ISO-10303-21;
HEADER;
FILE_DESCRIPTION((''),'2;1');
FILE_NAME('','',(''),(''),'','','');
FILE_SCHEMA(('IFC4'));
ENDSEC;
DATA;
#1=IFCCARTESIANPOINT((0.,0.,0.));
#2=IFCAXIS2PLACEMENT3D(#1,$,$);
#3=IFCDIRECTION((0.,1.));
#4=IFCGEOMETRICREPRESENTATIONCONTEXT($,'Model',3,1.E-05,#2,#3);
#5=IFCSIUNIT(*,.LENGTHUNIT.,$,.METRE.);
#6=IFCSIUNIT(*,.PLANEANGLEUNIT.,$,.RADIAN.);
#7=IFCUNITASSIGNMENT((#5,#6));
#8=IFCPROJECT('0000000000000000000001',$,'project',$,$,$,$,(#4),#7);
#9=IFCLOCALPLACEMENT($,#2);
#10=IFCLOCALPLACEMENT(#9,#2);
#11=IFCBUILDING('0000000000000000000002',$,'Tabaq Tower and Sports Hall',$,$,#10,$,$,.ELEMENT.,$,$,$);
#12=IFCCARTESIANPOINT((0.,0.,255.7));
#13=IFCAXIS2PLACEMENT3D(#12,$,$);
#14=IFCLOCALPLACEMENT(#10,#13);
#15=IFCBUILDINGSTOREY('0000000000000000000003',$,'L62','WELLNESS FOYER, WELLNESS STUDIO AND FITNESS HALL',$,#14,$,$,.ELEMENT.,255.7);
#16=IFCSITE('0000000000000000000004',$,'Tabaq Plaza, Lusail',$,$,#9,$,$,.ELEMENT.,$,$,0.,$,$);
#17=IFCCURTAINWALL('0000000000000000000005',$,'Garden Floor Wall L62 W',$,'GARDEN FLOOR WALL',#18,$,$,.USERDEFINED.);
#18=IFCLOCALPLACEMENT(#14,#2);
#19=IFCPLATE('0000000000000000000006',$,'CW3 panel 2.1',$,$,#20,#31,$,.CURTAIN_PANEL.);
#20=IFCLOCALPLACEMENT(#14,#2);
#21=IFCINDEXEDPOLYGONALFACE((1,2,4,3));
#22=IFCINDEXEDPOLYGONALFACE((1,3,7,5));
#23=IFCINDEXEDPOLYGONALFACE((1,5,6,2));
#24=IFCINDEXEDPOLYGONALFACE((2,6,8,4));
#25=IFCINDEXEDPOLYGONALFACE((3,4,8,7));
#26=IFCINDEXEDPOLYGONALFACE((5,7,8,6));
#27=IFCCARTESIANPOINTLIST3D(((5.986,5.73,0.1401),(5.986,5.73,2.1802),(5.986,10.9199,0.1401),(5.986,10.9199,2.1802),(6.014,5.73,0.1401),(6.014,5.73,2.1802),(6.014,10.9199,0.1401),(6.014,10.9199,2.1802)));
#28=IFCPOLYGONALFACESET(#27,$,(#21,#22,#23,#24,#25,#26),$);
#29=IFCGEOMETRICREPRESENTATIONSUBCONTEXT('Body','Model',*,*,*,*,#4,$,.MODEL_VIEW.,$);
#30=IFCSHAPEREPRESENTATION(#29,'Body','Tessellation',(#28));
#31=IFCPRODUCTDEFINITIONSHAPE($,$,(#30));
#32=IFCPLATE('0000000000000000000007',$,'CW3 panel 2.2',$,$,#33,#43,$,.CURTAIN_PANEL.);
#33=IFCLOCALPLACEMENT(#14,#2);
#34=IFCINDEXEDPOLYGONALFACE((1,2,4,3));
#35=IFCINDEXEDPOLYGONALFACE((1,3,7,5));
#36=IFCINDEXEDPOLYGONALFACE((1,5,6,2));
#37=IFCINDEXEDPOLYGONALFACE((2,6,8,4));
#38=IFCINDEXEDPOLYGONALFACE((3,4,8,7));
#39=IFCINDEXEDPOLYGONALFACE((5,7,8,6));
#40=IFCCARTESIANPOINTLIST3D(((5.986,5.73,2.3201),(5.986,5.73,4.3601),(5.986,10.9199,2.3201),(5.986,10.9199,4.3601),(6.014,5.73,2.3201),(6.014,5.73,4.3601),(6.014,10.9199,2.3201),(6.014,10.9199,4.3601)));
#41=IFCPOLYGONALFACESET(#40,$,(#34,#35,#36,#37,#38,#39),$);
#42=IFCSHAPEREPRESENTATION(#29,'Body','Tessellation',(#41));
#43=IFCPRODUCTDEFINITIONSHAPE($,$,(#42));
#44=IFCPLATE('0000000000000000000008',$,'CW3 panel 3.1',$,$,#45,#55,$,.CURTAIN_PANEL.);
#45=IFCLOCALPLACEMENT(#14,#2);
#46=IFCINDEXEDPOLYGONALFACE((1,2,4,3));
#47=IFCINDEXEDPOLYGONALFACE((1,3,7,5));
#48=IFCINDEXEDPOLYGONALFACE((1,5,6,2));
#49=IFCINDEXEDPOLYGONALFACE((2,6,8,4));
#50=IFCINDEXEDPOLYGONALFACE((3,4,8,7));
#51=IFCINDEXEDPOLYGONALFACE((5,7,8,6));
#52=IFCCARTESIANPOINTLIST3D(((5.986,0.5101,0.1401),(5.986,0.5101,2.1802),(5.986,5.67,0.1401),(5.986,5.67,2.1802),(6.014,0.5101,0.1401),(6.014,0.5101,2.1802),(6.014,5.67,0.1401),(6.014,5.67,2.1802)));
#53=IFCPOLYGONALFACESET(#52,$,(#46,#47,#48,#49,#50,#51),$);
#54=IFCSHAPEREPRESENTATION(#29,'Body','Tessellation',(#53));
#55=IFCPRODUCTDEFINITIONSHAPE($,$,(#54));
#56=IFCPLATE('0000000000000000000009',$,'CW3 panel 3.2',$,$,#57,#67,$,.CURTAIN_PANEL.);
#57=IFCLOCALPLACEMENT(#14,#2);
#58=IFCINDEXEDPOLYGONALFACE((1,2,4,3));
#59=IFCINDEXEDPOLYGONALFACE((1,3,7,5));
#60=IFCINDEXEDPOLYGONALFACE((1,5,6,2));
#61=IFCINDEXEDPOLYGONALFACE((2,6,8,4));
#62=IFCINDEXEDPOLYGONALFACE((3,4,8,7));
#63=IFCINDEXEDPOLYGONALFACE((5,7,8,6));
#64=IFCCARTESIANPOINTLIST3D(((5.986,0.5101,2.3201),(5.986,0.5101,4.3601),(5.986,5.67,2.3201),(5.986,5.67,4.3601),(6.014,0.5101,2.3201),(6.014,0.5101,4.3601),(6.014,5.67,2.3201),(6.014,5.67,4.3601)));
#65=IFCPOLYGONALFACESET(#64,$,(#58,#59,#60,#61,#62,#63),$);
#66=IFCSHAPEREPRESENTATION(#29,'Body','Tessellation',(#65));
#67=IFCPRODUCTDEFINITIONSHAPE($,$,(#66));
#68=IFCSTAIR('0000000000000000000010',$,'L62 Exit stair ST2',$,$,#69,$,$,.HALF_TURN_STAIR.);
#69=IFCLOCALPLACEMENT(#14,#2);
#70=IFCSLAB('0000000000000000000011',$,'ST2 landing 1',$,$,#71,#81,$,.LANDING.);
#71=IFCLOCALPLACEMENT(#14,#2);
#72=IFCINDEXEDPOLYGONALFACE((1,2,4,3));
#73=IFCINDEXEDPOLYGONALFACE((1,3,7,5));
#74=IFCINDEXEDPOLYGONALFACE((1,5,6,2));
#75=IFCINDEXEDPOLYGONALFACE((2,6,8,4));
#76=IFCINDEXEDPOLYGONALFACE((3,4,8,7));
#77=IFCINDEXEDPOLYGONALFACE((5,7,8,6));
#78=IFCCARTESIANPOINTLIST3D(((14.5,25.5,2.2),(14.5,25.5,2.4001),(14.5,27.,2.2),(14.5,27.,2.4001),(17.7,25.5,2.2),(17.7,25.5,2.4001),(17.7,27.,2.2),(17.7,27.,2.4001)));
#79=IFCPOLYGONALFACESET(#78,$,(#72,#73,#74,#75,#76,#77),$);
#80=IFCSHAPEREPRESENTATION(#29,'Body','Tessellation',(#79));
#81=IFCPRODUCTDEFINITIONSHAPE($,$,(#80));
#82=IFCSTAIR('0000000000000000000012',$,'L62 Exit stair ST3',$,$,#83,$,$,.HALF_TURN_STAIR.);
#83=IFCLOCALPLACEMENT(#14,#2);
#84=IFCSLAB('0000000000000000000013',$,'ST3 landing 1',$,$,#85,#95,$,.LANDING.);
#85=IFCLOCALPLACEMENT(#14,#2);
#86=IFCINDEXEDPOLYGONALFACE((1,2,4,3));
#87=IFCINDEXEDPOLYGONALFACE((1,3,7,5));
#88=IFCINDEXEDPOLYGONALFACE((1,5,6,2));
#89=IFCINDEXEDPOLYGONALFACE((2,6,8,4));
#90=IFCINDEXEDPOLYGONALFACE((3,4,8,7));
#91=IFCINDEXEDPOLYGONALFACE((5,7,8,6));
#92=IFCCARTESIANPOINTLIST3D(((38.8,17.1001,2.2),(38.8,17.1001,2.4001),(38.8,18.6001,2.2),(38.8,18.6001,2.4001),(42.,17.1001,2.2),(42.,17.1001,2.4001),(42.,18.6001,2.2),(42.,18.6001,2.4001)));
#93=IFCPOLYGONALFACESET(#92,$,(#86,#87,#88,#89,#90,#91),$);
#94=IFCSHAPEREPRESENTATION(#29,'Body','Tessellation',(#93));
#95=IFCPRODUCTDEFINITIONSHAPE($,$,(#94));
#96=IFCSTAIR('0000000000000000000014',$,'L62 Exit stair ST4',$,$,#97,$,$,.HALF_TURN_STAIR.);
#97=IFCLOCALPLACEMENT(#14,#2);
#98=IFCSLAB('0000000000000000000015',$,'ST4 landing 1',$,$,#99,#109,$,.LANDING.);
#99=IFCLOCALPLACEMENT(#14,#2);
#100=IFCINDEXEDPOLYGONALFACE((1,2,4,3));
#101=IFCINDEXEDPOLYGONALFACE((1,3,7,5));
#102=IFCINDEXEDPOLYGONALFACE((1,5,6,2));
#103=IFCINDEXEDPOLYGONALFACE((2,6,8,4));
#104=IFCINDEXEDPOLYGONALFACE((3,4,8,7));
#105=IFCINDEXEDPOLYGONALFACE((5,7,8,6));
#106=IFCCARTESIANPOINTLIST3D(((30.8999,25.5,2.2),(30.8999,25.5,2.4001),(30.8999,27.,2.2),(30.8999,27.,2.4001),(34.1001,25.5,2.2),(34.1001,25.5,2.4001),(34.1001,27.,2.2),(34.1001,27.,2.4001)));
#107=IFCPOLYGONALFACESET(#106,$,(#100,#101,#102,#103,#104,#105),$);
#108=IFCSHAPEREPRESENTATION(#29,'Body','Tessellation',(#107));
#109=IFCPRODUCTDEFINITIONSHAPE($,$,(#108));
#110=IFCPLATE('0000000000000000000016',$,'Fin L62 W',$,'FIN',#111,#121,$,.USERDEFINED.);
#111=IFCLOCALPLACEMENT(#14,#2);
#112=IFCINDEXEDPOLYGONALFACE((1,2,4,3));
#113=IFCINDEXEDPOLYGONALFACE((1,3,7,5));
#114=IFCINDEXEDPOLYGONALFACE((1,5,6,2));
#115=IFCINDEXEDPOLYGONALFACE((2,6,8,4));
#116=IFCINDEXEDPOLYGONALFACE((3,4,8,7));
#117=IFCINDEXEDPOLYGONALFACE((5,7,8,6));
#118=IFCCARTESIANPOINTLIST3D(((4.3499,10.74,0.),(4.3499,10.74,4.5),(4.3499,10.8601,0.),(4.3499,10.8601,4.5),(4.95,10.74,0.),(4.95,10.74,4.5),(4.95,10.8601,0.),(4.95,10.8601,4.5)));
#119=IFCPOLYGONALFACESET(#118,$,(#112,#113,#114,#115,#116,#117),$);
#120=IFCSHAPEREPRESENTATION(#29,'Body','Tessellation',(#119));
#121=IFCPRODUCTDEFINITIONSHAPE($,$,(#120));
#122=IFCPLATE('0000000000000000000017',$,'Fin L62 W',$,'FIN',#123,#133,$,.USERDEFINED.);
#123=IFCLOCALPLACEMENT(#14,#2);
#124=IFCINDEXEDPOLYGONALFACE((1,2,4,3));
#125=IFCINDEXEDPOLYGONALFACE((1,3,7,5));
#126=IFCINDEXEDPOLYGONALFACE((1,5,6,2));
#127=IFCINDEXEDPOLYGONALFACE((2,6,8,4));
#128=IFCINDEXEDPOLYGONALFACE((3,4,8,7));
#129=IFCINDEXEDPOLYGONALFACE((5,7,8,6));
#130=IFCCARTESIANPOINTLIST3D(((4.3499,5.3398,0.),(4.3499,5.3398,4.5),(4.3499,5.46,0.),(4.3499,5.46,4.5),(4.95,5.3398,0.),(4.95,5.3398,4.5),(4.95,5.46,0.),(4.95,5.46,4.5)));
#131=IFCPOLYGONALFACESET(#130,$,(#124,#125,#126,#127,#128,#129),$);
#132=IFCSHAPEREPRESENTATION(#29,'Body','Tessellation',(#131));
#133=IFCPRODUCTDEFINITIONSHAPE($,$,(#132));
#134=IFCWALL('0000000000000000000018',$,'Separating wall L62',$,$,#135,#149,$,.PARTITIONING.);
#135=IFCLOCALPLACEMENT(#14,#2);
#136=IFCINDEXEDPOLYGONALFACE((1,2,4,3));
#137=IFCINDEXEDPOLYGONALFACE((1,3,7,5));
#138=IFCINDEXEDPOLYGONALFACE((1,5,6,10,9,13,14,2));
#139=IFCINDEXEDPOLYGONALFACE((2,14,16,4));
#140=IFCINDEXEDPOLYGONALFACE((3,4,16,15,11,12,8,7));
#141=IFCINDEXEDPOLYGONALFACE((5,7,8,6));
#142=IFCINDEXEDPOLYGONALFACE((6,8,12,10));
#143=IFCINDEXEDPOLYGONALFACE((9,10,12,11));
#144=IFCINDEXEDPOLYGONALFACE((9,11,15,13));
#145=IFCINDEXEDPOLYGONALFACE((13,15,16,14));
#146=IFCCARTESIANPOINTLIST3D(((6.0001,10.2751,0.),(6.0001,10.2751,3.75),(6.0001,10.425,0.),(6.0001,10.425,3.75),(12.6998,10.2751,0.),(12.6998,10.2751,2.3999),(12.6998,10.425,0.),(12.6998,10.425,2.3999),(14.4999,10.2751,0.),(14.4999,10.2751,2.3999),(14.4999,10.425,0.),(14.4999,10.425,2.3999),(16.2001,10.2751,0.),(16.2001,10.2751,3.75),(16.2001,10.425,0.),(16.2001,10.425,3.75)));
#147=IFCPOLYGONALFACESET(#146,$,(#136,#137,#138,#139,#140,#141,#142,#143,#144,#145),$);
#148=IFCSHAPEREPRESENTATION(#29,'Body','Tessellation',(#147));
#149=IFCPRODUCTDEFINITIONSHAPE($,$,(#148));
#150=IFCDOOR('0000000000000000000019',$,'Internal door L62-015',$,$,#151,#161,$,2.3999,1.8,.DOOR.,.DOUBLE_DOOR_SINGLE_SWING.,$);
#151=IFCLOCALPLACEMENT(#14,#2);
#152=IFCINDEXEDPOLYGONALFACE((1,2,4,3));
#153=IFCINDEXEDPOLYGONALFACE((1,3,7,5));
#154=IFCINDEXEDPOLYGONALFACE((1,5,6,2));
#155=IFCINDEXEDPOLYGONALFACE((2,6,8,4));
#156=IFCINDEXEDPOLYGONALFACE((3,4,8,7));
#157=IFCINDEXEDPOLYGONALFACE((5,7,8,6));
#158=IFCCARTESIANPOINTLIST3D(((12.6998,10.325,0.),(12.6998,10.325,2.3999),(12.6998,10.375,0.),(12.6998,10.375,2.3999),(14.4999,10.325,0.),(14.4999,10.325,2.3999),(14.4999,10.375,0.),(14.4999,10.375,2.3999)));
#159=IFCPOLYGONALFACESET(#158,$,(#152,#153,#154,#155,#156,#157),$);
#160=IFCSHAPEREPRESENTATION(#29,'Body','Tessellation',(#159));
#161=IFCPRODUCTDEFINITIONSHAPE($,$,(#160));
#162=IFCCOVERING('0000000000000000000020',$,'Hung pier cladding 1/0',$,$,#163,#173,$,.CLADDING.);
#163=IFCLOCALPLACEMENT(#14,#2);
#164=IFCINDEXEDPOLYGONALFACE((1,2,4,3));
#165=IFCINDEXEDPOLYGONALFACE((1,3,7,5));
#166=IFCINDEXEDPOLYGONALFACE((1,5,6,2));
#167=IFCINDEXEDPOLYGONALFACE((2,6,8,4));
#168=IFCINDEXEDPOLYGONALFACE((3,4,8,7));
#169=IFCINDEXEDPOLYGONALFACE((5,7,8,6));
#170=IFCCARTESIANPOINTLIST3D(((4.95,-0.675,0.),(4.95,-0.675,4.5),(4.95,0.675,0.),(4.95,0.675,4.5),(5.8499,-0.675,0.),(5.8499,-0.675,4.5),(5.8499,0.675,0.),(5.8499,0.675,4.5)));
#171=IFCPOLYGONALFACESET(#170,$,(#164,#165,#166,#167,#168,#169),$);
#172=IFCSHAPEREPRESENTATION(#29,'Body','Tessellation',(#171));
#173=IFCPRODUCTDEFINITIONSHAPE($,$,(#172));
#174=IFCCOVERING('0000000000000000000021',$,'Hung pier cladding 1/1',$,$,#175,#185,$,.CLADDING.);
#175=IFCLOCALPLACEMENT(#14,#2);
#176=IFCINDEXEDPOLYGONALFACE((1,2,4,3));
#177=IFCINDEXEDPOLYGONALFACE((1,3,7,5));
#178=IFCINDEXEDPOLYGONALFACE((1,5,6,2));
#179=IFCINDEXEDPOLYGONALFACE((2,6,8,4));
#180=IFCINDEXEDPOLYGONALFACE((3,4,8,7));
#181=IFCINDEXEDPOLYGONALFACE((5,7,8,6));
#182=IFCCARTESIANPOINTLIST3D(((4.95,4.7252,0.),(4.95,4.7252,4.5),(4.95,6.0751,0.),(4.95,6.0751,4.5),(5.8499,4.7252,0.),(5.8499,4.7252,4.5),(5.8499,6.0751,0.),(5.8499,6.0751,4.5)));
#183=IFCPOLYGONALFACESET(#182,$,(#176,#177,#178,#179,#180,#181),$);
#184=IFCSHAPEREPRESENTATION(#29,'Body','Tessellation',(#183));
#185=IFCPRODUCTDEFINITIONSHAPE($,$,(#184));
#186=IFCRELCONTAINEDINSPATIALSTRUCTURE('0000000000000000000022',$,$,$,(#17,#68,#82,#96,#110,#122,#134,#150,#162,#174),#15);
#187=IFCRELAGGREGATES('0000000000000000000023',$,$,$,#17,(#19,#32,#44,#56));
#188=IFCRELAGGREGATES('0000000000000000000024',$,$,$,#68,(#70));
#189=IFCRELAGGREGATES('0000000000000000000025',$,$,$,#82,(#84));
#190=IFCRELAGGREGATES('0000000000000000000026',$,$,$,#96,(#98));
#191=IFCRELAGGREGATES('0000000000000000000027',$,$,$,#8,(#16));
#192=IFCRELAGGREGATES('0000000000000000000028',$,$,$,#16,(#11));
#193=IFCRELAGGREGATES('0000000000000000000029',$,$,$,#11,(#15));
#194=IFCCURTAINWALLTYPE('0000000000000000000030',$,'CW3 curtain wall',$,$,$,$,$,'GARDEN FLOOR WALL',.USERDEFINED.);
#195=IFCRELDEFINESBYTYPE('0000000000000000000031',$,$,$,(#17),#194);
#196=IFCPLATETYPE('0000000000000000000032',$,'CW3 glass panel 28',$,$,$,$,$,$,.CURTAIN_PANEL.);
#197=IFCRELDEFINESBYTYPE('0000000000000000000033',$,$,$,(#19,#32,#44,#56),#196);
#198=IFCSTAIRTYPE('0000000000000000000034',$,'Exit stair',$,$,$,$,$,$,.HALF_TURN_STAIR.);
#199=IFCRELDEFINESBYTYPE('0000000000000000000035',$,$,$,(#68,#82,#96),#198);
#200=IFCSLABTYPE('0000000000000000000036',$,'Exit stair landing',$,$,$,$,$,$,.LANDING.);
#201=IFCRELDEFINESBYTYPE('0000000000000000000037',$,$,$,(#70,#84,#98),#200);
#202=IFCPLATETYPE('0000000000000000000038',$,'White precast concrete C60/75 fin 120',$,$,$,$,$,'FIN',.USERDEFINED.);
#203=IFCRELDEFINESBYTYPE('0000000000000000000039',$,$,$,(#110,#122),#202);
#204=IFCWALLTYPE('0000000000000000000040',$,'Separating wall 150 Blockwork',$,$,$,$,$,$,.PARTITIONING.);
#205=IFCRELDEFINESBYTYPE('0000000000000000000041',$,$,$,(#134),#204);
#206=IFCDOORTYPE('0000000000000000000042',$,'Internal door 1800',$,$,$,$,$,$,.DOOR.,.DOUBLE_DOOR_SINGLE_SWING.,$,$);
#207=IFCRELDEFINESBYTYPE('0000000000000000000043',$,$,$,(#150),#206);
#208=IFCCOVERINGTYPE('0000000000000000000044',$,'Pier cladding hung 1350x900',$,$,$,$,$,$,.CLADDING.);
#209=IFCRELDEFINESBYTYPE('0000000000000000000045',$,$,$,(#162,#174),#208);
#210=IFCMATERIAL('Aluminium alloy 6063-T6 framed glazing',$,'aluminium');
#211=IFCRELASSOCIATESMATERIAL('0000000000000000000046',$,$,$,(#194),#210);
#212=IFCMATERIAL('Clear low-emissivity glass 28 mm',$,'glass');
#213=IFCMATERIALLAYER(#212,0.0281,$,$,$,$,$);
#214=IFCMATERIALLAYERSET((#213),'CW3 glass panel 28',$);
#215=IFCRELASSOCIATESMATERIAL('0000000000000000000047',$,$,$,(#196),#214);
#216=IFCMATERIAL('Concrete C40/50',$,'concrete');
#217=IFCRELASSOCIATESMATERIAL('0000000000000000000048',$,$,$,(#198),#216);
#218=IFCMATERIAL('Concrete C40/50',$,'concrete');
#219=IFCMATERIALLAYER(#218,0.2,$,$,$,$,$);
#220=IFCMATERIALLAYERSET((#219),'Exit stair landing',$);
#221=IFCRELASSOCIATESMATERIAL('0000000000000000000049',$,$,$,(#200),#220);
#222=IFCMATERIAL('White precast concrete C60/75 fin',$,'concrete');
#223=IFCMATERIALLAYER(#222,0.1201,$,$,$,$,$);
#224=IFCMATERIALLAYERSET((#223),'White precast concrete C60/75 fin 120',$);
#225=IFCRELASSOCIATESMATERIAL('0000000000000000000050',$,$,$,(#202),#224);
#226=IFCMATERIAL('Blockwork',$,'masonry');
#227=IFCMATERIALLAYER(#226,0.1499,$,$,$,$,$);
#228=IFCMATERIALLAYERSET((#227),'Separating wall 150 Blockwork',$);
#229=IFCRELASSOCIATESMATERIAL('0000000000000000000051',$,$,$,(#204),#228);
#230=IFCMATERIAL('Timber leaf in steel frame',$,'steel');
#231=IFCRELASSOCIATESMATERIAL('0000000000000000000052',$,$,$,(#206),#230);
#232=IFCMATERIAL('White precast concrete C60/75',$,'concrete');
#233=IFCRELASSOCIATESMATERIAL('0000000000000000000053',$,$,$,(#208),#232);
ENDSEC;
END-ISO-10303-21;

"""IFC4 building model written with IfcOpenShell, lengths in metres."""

from ifc_helpers import new_model, si_unit, direction, frame, frame_2d, origin, origin_2d, place, context, subcontext, project, spatial, polyline, rectangle, outline, extrude, material, layer, layer_set, type_object, element, fill, aggregate, save


model = new_model("IFC4")

# Units and contexts
model_context = context("Model", 3, precision=1e-05, world=origin(), true_north=direction((0.0, 1.0)))
body_context = subcontext(model_context, "Body", "Model", "MODEL_VIEW")
ifc_project = project(units=[si_unit("LENGTHUNIT", "METRE"), si_unit("PLANEANGLEUNIT", "RADIAN")], contexts=[model_context])

# Site, building, storey
site_placement = place(None, origin())
site = spatial("IfcSite", under=ifc_project, at=site_placement, Name="Tabaq Plaza, Lusail", CompositionType="ELEMENT", RefElevation=0.0)
building_placement = place(site_placement, origin())
building = spatial("IfcBuilding", under=site, at=building_placement, Name="Tabaq Tower and Sports Hall", CompositionType="ELEMENT")
storey_placement = place(building_placement, frame((0.0, 0.0, 255.7)))
storey = spatial("IfcBuildingStorey", under=building, at=storey_placement, Name="L62", Description="WELLNESS FOYER, WELLNESS STUDIO AND FITNESS HALL", CompositionType="ELEMENT", Elevation=255.7)

# Curtain wall
ifc_material_1 = material(Name="Aluminium alloy 6063-T6 framed glazing", Category="aluminium")
curtain_wall_type = type_object("IfcCurtainWallType", Name="CW3 curtain wall", ElementType="GARDEN FLOOR WALL", PredefinedType="USERDEFINED", material=ifc_material_1)
curtain_wall_placement = place(storey_placement, origin())
curtain_wall = element("IfcCurtainWall", 1, at=curtain_wall_placement, inside=storey, type_object=curtain_wall_type, Name="Garden Floor Wall L62 W", ObjectType="GARDEN FLOOR WALL", PredefinedType="USERDEFINED")

# Plates
ifc_material_2 = material(Name="Clear low-emissivity glass 28 mm", Category="glass")
ifc_layer_1 = layer(ifc_material_2, 0.0281)
ifc_layer_set_1 = layer_set([ifc_layer_1], Name="CW3 glass panel 28")
plate_type_1 = type_object("IfcPlateType", Name="CW3 glass panel 28", PredefinedType="CURTAIN_PANEL", material=ifc_layer_set_1)
plate_1_placement = place(storey_placement, frame((6.0, 8.325, 0.1401), z_axis=(0.0, 0.0, 1.0), x_axis=(0.0, -1.0, 0.0)))
plate_1 = element("IfcPlate", 2, at=plate_1_placement, type_object=plate_type_1, Name="CW3 panel 2.1", PredefinedType="CURTAIN_PANEL", context=body_context, shape_type="SweptSolid", body=[
    extrude(rectangle(XDim=5.1899, YDim=0.0281, at=origin_2d()), origin(), (0.0, 0.0, 1.0), 2.04),
])
plate_2_placement = place(storey_placement, frame((6.0, 8.325, 2.3201), z_axis=(0.0, 0.0, 1.0), x_axis=(0.0, -1.0, 0.0)))
plate_2 = element("IfcPlate", 3, at=plate_2_placement, type_object=plate_type_1, Name="CW3 panel 2.2", PredefinedType="CURTAIN_PANEL", context=body_context, shape_type="SweptSolid", body=[
    extrude(rectangle(XDim=5.1899, YDim=0.0281, at=origin_2d()), origin(), (0.0, 0.0, 1.0), 2.04),
])
plate_3_placement = place(storey_placement, frame((6.0, 3.0901, 0.1401), z_axis=(0.0, 0.0, 1.0), x_axis=(0.0, -1.0, 0.0)))
plate_3 = element("IfcPlate", 4, at=plate_3_placement, type_object=plate_type_1, Name="CW3 panel 3.1", PredefinedType="CURTAIN_PANEL", context=body_context, shape_type="SweptSolid", body=[
    extrude(rectangle(XDim=5.1599, YDim=0.0281, at=origin_2d()), origin(), (0.0, 0.0, 1.0), 2.04),
])
plate_4_placement = place(storey_placement, frame((6.0, 3.0901, 2.3201), z_axis=(0.0, 0.0, 1.0), x_axis=(0.0, -1.0, 0.0)))
plate_4 = element("IfcPlate", 5, at=plate_4_placement, type_object=plate_type_1, Name="CW3 panel 3.2", PredefinedType="CURTAIN_PANEL", context=body_context, shape_type="SweptSolid", body=[
    extrude(rectangle(XDim=5.1599, YDim=0.0281, at=origin_2d()), origin(), (0.0, 0.0, 1.0), 2.04),
])
aggregate(curtain_wall, [plate_1, plate_2, plate_3, plate_4])

# Stairs, slabs
ifc_material_3 = material(Name="Concrete C40/50", Category="concrete")
stair_type = type_object("IfcStairType", Name="Exit stair", PredefinedType="HALF_TURN_STAIR", material=ifc_material_3)
stair_1_placement = place(storey_placement, origin())
stair_1 = element("IfcStair", 6, at=stair_1_placement, inside=storey, type_object=stair_type, Name="L62 Exit stair ST2", PredefinedType="HALF_TURN_STAIR")
ifc_material_4 = material(Name="Concrete C40/50", Category="concrete")
ifc_layer_2 = layer(ifc_material_4, 0.2)
ifc_layer_set_2 = layer_set([ifc_layer_2], Name="Exit stair landing")
slab_type = type_object("IfcSlabType", Name="Exit stair landing", PredefinedType="LANDING", material=ifc_layer_set_2)
slab_1_placement = place(storey_placement, frame((0.0, 0.0, 2.2)))
slab_1 = element("IfcSlab", 7, at=slab_1_placement, type_object=slab_type, Name="ST2 landing 1", PredefinedType="LANDING", context=body_context, shape_type="SweptSolid", body=[
    extrude(outline(polyline([(14.5, 27.0), (14.5, 25.5), (17.7, 25.5), (17.7, 27.0), (14.5, 27.0)])), origin(), (0.0, 0.0, 1.0), 0.2002),
])
aggregate(stair_1, [slab_1])
stair_2_placement = place(storey_placement, origin())
stair_2 = element("IfcStair", 8, at=stair_2_placement, inside=storey, type_object=stair_type, Name="L62 Exit stair ST3", PredefinedType="HALF_TURN_STAIR")
slab_2_placement = place(storey_placement, frame((0.0, 0.0, 2.2)))
slab_2 = element("IfcSlab", 9, at=slab_2_placement, type_object=slab_type, Name="ST3 landing 1", PredefinedType="LANDING", context=body_context, shape_type="SweptSolid", body=[
    extrude(outline(polyline([(38.8, 18.6001), (38.8, 17.1001), (42.0, 17.1001), (42.0, 18.6001), (38.8, 18.6001)])), origin(), (0.0, 0.0, 1.0), 0.2002),
])
aggregate(stair_2, [slab_2])
stair_3_placement = place(storey_placement, origin())
stair_3 = element("IfcStair", 10, at=stair_3_placement, inside=storey, type_object=stair_type, Name="L62 Exit stair ST4", PredefinedType="HALF_TURN_STAIR")
slab_3_placement = place(storey_placement, frame((0.0, 0.0, 2.2)))
slab_3 = element("IfcSlab", 11, at=slab_3_placement, type_object=slab_type, Name="ST4 landing 1", PredefinedType="LANDING", context=body_context, shape_type="SweptSolid", body=[
    extrude(outline(polyline([(30.8999, 27.0), (30.8999, 25.5), (34.1001, 25.5), (34.1001, 27.0), (30.8999, 27.0)])), origin(), (0.0, 0.0, 1.0), 0.2002),
])
aggregate(stair_3, [slab_3])

# Plates
ifc_material_5 = material(Name="White precast concrete C60/75 fin", Category="concrete")
ifc_layer_3 = layer(ifc_material_5, 0.1201)
ifc_layer_set_3 = layer_set([ifc_layer_3], Name="White precast concrete C60/75 fin 120")
plate_type_2 = type_object("IfcPlateType", Name="White precast concrete C60/75 fin 120", ElementType="FIN", PredefinedType="USERDEFINED", material=ifc_layer_set_3)
for number, where, z_axis, x_axis, name in (
    (12, (4.6499, 10.8, 0.0), (0.0, 0.0, 1.0), (0.0, -1.0, 0.0), "Fin L62 W"),
    (13, (4.6499, 5.3999, 0.0), (0.0, 0.0, 1.0), (0.0, -1.0, 0.0), "Fin L62 W"),
):
    element("IfcPlate", number, at=place(storey_placement, frame(where, z_axis=z_axis, x_axis=x_axis)), inside=storey, type_object=plate_type_2, Name=name, ObjectType="FIN", PredefinedType="USERDEFINED", context=body_context, shape_type="SweptSolid", body=[
        extrude(rectangle(XDim=0.1201, YDim=0.6001, at=origin_2d()), origin(), (0.0, 0.0, 1.0), 4.5),
    ])

# Wall, opening, door
ifc_material_6 = material(Name="Blockwork", Category="masonry")
ifc_layer_4 = layer(ifc_material_6, 0.1499)
ifc_layer_set_4 = layer_set([ifc_layer_4], Name="Separating wall 150 Blockwork")
wall_type = type_object("IfcWallType", Name="Separating wall 150 Blockwork", PredefinedType="PARTITIONING", material=ifc_layer_set_4)
wall_placement = place(storey_placement, frame((6.0, 10.3501, 0.0), z_axis=(0.0, 0.0, 1.0), x_axis=(1.0, 0.0, 0.0)))
wall = element("IfcWall", 14, at=wall_placement, inside=storey, type_object=wall_type, Name="Separating wall L62", PredefinedType="PARTITIONING", context=body_context, shape_type="SweptSolid", body=[
    extrude(rectangle(XDim=10.2, YDim=0.1499, at=frame_2d((5.1001, 0.0))), origin(), (0.0, 0.0, 1.0), 3.75),
])
opening_placement = place(wall_placement, frame((6.7, 0.0, 0.0)))
opening = element("IfcOpeningElement", 15, at=opening_placement, cuts=wall, PredefinedType="OPENING", context=body_context, shape_type="SweptSolid", body=[
    extrude(rectangle(XDim=1.8, YDim=2.3999, at=frame_2d((0.8999, 1.2))), frame((0.0, 0.075, 0.0), z_axis=(0.0, -1.0, 0.0), x_axis=(1.0, 0.0, 0.0)), (0.0, 0.0, 1.0), 0.1499),
])
ifc_material_7 = material(Name="Timber leaf in steel frame", Category="steel")
door_type = type_object("IfcDoorType", Name="Internal door 1800", OperationType="DOUBLE_DOOR_SINGLE_SWING", PredefinedType="DOOR", material=ifc_material_7)
door_placement = place(opening_placement, origin())
door = element("IfcDoor", 16, at=door_placement, inside=storey, type_object=door_type, Name="Internal door L62-015", OperationType="DOUBLE_DOOR_SINGLE_SWING", OverallHeight=2.3999, OverallWidth=1.8, PredefinedType="DOOR", context=body_context, shape_type="SweptSolid", body=[
    extrude(rectangle(XDim=1.8, YDim=2.3999, at=frame_2d((0.8999, 1.2))), frame((0.0, 0.0249, 0.0), z_axis=(0.0, -1.0, 0.0), x_axis=(1.0, 0.0, 0.0)), (0.0, 0.0, 1.0), 0.05),
])
fill(opening, door)

# Coverings
ifc_material_8 = material(Name="White precast concrete C60/75", Category="concrete")
covering_type = type_object("IfcCoveringType", Name="Pier cladding hung 1350x900", PredefinedType="CLADDING", material=ifc_material_8)
covering_1_placement = place(storey_placement, frame((5.3999, 0.675, 0.0), z_axis=(0.0, 0.0, 1.0), x_axis=(0.0, -1.0, 0.0)))
element("IfcCovering", 17, at=covering_1_placement, inside=storey, type_object=covering_type, Name="Hung pier cladding 1/0", PredefinedType="CLADDING", context=body_context, shape_type="SweptSolid", body=[
    extrude(rectangle(XDim=1.3501, YDim=0.8999, at=frame_2d((0.675, 0.0))), origin(), (0.0, 0.0, 1.0), 4.5),
])
covering_2_placement = place(storey_placement, frame((5.3999, 6.075, 0.0), z_axis=(0.0, 0.0, 1.0), x_axis=(0.0, -1.0, 0.0)))
element("IfcCovering", 18, at=covering_2_placement, inside=storey, type_object=covering_type, Name="Hung pier cladding 1/1", PredefinedType="CLADDING", context=body_context, shape_type="SweptSolid", body=[
    extrude(rectangle(XDim=1.3499, YDim=0.8999, at=frame_2d((0.6748, 0.0))), origin(), (0.0, 0.0, 1.0), 4.5),
])

save(model, "model.ifc")
